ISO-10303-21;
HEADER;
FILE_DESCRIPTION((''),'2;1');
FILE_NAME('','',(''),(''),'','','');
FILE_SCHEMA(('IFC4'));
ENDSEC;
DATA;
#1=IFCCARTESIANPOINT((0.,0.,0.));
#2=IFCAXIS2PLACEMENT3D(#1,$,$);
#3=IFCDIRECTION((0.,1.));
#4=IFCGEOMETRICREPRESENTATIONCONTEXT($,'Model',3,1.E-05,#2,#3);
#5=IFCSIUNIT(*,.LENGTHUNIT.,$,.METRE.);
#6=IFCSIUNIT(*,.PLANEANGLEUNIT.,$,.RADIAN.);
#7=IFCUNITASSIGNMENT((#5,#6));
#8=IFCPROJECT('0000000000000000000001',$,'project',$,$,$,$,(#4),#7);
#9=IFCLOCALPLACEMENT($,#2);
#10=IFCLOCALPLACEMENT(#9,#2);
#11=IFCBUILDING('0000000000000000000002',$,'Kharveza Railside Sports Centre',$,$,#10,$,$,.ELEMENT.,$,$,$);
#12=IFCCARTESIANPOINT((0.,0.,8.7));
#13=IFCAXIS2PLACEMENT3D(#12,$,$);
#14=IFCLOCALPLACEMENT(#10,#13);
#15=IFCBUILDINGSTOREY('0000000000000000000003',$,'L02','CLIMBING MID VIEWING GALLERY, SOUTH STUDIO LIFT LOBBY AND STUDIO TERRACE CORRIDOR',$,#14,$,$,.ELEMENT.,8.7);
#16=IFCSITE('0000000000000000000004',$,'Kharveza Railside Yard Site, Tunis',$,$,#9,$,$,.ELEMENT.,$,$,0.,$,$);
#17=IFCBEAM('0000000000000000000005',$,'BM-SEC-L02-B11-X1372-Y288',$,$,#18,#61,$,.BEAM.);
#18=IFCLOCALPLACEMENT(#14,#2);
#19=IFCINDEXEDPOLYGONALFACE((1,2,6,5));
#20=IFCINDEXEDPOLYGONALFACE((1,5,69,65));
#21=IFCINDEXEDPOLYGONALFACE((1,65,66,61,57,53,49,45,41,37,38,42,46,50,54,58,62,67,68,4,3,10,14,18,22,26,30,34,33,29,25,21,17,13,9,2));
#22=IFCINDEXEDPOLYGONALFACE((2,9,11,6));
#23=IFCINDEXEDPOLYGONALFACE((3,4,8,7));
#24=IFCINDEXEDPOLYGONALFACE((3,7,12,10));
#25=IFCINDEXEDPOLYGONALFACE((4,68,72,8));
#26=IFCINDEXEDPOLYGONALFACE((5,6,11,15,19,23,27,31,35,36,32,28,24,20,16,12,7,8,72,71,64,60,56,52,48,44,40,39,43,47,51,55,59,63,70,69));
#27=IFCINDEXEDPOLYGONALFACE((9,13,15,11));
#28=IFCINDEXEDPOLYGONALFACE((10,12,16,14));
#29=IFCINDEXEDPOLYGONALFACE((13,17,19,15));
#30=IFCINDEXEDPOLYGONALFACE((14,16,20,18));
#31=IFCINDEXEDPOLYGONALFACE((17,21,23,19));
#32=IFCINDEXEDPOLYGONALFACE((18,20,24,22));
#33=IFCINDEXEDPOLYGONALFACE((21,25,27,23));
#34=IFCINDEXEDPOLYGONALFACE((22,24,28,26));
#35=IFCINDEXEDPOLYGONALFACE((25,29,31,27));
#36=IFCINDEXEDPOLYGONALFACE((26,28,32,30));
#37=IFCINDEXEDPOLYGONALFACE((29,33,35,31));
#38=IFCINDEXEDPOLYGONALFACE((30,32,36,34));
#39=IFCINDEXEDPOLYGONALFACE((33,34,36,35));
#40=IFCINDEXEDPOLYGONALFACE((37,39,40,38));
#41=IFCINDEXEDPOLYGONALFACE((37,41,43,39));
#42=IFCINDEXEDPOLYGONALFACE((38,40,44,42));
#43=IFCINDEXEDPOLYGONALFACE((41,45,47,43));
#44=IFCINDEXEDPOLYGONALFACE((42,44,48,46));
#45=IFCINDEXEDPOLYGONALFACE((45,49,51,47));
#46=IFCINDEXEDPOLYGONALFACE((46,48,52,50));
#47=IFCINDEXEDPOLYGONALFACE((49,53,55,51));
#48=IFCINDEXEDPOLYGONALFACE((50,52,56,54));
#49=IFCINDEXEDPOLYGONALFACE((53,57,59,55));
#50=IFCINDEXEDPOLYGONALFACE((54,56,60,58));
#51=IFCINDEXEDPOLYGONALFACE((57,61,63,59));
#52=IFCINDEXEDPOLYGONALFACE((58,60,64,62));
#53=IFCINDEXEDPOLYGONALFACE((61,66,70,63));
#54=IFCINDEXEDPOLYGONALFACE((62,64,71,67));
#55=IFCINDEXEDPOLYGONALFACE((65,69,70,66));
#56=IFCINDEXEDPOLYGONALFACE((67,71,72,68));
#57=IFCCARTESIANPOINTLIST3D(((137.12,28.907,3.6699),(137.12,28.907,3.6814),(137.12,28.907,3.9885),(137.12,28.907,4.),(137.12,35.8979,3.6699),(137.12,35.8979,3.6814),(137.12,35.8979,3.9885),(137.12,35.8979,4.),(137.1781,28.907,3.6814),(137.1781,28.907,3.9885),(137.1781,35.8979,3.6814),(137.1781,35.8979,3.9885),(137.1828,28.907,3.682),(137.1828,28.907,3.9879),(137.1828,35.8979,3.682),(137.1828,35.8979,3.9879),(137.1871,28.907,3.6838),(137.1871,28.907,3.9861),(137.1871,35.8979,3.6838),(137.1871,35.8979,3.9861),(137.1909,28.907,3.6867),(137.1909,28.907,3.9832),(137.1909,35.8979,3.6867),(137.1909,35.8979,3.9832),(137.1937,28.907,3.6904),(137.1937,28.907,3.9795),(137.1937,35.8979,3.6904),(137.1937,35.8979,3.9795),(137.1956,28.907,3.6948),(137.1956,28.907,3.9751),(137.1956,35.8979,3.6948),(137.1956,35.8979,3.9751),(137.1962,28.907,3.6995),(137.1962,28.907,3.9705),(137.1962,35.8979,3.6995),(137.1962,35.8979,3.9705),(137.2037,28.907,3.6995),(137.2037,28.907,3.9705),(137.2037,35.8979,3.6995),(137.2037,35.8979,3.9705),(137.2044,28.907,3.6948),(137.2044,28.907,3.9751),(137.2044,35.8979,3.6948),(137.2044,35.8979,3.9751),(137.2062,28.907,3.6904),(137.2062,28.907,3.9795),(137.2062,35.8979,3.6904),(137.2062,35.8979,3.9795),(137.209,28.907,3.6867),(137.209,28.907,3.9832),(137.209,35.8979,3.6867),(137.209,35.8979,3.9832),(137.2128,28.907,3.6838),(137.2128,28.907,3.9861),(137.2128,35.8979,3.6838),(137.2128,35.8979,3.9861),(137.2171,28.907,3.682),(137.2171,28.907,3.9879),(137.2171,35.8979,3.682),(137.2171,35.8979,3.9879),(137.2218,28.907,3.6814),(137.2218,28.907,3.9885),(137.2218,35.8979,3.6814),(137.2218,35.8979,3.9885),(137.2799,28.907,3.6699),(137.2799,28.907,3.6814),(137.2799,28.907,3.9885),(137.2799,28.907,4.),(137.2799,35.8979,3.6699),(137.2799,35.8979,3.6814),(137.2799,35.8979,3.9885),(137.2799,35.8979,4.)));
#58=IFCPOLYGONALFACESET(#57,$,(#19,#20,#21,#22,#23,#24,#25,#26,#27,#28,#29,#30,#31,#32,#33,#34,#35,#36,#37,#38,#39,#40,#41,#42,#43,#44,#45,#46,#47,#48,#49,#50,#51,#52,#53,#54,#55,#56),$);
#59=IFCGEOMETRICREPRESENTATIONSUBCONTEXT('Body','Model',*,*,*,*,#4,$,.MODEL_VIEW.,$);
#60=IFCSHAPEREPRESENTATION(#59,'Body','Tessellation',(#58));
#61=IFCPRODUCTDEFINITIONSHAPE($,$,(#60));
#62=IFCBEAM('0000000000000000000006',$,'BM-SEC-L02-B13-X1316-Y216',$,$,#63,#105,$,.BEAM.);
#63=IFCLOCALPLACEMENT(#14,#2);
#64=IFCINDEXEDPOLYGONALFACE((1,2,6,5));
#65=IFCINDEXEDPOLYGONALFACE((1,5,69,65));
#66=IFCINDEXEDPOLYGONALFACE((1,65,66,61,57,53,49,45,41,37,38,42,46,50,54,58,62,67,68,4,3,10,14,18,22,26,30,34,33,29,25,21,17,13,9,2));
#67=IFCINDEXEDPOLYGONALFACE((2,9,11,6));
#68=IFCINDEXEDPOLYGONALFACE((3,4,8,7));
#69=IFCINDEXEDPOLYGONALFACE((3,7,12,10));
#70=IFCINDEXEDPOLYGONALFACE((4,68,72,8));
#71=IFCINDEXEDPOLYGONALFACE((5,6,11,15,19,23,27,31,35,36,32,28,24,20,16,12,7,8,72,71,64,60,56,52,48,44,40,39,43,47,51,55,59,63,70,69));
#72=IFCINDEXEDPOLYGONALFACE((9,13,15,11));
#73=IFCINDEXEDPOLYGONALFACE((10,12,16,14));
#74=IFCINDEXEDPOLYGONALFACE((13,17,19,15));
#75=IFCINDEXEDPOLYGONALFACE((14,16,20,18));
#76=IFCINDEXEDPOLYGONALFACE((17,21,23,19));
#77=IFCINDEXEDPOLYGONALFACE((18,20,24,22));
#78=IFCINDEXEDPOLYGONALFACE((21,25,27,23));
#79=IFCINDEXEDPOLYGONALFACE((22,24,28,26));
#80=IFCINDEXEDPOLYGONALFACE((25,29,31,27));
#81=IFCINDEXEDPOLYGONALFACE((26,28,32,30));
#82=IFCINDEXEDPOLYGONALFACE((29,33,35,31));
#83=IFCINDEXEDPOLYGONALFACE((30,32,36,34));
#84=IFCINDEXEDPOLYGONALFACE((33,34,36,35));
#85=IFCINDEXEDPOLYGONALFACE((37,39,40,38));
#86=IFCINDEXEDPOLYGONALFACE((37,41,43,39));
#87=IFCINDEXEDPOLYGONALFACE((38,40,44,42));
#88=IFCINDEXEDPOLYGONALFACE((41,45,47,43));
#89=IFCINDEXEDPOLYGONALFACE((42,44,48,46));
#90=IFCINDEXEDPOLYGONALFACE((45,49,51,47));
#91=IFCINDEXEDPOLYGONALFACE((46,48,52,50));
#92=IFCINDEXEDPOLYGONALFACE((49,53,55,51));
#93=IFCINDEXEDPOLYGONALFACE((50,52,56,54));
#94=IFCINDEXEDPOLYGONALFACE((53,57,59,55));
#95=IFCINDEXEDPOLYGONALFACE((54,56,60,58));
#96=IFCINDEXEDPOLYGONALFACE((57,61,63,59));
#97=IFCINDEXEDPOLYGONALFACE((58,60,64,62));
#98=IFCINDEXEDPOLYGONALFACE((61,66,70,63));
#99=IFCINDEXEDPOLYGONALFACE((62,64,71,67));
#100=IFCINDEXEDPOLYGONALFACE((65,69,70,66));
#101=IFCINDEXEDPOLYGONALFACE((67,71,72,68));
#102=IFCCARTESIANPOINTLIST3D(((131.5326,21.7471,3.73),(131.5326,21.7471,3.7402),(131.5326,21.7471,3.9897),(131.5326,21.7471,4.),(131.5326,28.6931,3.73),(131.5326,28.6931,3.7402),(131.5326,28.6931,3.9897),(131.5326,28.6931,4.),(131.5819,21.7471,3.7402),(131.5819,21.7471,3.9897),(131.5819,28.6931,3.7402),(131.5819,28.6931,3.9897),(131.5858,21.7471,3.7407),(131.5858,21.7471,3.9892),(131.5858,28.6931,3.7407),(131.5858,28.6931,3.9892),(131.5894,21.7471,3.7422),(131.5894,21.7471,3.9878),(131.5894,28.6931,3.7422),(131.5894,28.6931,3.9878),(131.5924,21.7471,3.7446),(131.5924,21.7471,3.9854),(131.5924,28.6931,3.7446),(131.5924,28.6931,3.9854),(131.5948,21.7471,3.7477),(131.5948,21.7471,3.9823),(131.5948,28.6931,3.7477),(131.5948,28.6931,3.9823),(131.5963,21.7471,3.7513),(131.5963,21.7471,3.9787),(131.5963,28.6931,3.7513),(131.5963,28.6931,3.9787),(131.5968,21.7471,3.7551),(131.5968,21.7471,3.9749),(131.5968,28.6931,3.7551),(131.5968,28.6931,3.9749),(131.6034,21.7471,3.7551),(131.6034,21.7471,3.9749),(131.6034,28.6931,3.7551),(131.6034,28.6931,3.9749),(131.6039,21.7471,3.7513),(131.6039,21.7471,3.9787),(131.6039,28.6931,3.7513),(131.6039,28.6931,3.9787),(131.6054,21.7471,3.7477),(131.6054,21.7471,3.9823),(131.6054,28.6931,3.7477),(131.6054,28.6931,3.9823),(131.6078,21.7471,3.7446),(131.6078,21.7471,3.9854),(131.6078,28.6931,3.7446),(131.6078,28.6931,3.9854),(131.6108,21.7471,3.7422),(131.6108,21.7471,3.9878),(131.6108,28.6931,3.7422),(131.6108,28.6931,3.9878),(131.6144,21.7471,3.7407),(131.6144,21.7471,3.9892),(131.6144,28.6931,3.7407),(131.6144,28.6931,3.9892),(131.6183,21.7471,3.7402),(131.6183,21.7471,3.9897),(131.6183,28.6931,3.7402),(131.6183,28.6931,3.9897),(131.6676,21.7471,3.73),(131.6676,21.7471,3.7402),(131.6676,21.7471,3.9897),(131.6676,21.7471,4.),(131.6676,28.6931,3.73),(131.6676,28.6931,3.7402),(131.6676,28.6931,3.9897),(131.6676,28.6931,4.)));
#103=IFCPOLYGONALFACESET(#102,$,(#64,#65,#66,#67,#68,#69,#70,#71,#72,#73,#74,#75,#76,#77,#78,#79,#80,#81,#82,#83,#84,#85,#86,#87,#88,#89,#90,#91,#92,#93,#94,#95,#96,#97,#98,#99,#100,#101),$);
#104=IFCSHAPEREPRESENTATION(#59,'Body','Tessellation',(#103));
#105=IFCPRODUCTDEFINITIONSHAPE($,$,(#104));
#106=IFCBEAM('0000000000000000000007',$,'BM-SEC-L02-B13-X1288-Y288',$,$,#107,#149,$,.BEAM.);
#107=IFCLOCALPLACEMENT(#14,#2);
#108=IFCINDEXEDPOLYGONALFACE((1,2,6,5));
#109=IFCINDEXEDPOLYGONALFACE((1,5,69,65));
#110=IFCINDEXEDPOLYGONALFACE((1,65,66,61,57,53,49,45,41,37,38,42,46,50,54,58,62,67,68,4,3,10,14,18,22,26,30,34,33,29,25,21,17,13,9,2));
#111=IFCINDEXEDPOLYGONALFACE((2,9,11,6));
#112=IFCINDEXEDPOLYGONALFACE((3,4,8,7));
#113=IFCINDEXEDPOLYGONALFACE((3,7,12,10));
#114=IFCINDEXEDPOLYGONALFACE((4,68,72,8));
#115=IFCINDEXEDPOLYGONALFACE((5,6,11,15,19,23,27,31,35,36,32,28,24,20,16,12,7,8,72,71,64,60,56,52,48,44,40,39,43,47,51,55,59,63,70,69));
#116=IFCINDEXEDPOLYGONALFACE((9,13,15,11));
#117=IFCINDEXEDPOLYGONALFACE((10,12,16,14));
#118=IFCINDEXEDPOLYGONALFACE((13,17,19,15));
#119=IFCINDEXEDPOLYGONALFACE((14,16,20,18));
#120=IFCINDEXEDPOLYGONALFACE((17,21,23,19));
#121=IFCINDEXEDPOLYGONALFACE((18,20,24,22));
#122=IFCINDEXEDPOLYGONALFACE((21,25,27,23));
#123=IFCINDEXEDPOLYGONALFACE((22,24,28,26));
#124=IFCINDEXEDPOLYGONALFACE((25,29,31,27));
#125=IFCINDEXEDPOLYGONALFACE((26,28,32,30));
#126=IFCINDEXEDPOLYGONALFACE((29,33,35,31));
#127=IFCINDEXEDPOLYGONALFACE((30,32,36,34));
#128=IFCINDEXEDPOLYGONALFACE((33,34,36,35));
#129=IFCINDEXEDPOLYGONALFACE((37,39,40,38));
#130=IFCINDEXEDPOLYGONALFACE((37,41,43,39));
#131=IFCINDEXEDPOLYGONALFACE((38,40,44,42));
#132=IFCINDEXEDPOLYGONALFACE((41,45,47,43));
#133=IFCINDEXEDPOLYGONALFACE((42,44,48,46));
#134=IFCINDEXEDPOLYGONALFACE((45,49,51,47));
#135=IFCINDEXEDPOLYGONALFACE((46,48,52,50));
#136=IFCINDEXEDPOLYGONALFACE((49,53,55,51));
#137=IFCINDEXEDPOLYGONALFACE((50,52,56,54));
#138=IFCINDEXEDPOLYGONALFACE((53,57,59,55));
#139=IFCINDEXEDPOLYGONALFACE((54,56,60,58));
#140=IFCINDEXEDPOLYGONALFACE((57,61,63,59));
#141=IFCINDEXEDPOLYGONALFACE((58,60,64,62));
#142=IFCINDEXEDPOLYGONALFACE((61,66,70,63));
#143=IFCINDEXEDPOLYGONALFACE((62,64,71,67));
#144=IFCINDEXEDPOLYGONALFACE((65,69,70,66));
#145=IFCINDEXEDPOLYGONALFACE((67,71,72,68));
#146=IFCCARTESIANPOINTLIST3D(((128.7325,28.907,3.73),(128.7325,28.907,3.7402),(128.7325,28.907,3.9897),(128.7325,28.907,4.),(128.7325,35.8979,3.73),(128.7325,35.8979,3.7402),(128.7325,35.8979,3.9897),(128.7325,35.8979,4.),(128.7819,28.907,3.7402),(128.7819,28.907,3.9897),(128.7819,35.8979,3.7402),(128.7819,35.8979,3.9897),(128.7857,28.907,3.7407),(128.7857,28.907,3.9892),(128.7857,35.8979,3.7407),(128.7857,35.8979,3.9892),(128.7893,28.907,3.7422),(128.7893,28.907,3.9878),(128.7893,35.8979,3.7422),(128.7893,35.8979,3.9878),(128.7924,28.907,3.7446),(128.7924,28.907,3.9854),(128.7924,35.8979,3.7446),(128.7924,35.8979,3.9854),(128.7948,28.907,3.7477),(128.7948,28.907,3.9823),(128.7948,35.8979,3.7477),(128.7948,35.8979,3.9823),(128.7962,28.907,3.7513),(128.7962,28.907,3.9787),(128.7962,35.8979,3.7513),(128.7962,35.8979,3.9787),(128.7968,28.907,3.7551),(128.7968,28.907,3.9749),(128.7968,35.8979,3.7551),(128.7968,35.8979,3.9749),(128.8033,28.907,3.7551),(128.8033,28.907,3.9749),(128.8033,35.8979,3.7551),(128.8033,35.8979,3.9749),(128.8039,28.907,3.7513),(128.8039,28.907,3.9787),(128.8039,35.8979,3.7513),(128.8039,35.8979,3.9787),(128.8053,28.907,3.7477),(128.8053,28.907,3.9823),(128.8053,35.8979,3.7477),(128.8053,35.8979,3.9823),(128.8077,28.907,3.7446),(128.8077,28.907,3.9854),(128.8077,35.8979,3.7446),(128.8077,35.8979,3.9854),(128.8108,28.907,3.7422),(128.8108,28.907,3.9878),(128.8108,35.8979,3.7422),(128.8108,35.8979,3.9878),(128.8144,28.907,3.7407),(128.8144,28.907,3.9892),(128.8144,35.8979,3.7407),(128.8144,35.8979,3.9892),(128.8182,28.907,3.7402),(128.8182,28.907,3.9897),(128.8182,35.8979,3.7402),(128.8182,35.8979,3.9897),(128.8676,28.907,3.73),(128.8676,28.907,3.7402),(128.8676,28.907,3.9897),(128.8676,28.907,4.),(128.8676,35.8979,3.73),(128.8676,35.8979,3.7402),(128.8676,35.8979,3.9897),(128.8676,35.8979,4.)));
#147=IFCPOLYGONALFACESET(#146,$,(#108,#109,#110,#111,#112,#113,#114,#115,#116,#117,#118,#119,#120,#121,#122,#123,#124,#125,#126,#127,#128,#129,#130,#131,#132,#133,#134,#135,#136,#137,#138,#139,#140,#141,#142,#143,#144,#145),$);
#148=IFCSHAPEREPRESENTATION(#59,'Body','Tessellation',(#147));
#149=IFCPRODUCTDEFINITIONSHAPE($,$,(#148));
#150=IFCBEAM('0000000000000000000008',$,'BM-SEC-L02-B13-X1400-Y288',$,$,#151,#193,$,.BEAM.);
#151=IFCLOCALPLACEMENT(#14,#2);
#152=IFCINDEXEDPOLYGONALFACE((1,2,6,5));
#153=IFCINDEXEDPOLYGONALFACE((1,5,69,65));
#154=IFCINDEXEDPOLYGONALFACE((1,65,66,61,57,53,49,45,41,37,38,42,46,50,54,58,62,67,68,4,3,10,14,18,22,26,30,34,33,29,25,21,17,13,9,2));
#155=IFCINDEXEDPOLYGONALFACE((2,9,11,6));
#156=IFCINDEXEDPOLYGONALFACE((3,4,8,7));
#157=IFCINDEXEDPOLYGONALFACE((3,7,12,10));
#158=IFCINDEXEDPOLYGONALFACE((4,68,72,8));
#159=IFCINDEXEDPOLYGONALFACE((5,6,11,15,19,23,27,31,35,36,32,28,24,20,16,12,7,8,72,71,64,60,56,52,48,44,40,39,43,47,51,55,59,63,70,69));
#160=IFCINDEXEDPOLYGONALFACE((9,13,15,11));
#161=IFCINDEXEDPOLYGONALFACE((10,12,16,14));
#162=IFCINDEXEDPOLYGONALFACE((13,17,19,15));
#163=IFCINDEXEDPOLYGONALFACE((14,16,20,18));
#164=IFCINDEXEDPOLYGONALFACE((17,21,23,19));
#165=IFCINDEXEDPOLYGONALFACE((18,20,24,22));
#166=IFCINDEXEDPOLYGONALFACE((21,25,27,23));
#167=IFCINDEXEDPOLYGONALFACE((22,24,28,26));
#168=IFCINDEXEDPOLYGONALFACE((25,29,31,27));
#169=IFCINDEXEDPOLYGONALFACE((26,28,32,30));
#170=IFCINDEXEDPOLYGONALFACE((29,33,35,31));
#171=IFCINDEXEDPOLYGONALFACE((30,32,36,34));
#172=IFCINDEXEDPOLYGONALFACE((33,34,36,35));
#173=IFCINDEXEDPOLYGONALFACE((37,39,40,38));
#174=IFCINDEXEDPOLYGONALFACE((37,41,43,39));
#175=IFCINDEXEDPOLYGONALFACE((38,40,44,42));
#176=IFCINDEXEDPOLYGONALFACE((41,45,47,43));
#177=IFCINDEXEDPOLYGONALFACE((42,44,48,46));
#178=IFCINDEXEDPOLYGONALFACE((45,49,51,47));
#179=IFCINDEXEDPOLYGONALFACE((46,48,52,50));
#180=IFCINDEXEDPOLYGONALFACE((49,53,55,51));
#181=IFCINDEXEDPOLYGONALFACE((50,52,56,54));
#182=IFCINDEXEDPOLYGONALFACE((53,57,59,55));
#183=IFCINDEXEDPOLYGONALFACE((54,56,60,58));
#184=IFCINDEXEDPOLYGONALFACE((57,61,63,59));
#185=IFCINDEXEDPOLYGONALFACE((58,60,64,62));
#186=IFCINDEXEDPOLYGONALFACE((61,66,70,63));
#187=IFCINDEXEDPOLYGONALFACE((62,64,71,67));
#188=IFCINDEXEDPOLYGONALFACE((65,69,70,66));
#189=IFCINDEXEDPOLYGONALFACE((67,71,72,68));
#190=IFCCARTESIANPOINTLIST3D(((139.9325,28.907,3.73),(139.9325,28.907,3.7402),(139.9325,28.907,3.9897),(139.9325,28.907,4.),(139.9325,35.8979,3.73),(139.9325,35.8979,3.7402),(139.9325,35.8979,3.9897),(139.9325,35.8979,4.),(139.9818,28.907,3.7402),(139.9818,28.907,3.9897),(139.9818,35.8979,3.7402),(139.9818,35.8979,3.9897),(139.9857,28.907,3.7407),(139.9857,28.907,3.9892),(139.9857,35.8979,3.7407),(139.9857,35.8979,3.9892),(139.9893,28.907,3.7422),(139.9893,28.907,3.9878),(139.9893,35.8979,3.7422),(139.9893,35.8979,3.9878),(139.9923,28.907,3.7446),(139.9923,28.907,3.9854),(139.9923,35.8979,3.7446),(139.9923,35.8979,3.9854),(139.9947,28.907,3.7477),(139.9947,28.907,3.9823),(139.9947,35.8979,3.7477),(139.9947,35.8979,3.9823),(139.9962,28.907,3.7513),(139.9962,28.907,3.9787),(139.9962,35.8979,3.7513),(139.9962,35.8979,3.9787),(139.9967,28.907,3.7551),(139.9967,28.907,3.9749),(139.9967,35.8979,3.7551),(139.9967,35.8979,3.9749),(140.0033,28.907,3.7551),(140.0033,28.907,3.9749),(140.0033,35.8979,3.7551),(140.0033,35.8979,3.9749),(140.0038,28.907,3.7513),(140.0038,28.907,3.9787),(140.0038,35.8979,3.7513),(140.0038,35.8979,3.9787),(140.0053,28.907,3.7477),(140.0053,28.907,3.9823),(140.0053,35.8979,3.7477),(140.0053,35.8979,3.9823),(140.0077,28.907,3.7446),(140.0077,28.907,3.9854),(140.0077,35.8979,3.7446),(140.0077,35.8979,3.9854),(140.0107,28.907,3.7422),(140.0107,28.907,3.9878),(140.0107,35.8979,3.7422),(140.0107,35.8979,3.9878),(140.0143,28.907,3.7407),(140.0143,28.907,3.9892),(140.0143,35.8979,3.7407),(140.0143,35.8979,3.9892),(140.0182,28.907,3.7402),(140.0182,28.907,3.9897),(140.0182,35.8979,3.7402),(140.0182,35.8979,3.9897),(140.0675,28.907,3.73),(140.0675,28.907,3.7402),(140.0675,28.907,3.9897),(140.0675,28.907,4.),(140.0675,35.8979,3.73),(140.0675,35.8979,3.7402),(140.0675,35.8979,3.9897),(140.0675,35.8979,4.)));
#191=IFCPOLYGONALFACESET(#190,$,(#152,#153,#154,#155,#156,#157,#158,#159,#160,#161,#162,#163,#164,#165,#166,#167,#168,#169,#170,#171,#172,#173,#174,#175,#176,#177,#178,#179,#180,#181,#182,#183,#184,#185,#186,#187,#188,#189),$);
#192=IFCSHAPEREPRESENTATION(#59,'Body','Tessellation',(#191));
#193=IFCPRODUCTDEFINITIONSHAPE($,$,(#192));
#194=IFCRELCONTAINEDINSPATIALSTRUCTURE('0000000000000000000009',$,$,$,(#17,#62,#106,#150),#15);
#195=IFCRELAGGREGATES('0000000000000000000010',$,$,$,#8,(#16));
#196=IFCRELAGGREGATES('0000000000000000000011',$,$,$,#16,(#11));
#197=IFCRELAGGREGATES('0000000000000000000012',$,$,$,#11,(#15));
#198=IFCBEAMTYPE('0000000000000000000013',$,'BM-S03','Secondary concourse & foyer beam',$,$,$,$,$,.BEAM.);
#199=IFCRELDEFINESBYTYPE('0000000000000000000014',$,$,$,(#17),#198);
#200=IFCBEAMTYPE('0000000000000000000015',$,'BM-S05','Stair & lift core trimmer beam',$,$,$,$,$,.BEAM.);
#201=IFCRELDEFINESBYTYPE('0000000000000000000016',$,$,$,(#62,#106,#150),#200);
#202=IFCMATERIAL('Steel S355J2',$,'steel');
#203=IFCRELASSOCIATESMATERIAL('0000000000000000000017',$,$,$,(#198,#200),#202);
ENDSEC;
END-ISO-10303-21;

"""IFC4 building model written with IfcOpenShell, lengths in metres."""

from ifc_helpers import new_model, si_unit, direction, frame, origin, origin_2d, place, context, subcontext, project, spatial, i_section, extrude, material, material_profile, profile_set, type_object, element, save


model = new_model("IFC4")

# Units and contexts
model_context = context("Model", 3, precision=1e-05, world=origin(), true_north=direction((0.0, 1.0)))
body_context = subcontext(model_context, "Body", "Model", "MODEL_VIEW")
ifc_project = project(units=[si_unit("LENGTHUNIT", "METRE"), si_unit("PLANEANGLEUNIT", "RADIAN")], contexts=[model_context])

# Site, building, storey
site_placement = place(None, origin())
site = spatial("IfcSite", under=ifc_project, at=site_placement, Name="Kharveza Railside Yard Site, Tunis", CompositionType="ELEMENT", RefElevation=0.0)
building_placement = place(site_placement, origin())
building = spatial("IfcBuilding", under=site, at=building_placement, Name="Kharveza Railside Sports Centre", CompositionType="ELEMENT")
storey_placement = place(building_placement, frame((0.0, 0.0, 8.7)))
storey = spatial("IfcBuildingStorey", under=building, at=storey_placement, Name="L02", Description="CLIMBING MID VIEWING GALLERY, SOUTH STUDIO LIFT LOBBY AND STUDIO TERRACE CORRIDOR", CompositionType="ELEMENT", Elevation=8.7)

# Shared definitions
ifc_material_1 = material(Name="Steel S355J2", Category="steel")

# Beams
ifc_material_profile_1 = material_profile(ifc_material_1, i_section(OverallWidth=0.1599, OverallDepth=0.3301, WebThickness=0.0076, FlangeThickness=0.0115, FilletRadius=0.0181, at=origin_2d()), Name="IPE 330")
ifc_profile_set_1 = profile_set([ifc_material_profile_1], Name="Steel S355J2")
beam_type_1 = type_object("IfcBeamType", Name="BM-S03", Description="Secondary concourse & foyer beam", PredefinedType="BEAM", material=ifc_profile_set_1)
beam_1_placement = place(storey_placement, frame((137.2, 28.907, 3.835), z_axis=(0.0, 1.0, 0.0), x_axis=(-1.0, 0.0, 0.0)))
element("IfcBeam", 1, at=beam_1_placement, inside=storey, type_object=beam_type_1, Name="BM-SEC-L02-B11-X1372-Y288", PredefinedType="BEAM", context=body_context, shape_type="SweptSolid", body=[
    extrude(i_section(OverallWidth=0.1599, OverallDepth=0.3301, WebThickness=0.0076, FlangeThickness=0.0115, FilletRadius=0.0181, at=origin_2d()), origin(), (0.0, 0.0, 1.0), 6.991),
])
ifc_material_profile_2 = material_profile(ifc_material_1, i_section(OverallWidth=0.135, OverallDepth=0.27, WebThickness=0.0066, FlangeThickness=0.0103, FilletRadius=0.0149, at=origin_2d()), Name="IPE 270")
ifc_profile_set_2 = profile_set([ifc_material_profile_2], Name="Steel S355J2")
beam_type_2 = type_object("IfcBeamType", Name="BM-S05", Description="Stair & lift core trimmer beam", PredefinedType="BEAM", material=ifc_profile_set_2)
beam_2_placement = place(storey_placement, frame((131.6001, 21.7471, 3.865), z_axis=(0.0, 1.0, 0.0), x_axis=(-1.0, 0.0, 0.0)))
element("IfcBeam", 2, at=beam_2_placement, inside=storey, type_object=beam_type_2, Name="BM-SEC-L02-B13-X1316-Y216", PredefinedType="BEAM", context=body_context, shape_type="SweptSolid", body=[
    extrude(i_section(OverallWidth=0.135, OverallDepth=0.27, WebThickness=0.0066, FlangeThickness=0.0103, FilletRadius=0.0149, at=origin_2d()), origin(), (0.0, 0.0, 1.0), 6.946),
])
for number, where, z_axis, x_axis, name in (
    (3, (128.8, 28.907, 3.865), (0.0, 1.0, 0.0), (-1.0, 0.0, 0.0), "BM-SEC-L02-B13-X1288-Y288"),
    (4, (140.0, 28.907, 3.865), (0.0, 1.0, 0.0), (-1.0, 0.0, 0.0), "BM-SEC-L02-B13-X1400-Y288"),
):
    element("IfcBeam", number, at=place(storey_placement, frame(where, z_axis=z_axis, x_axis=x_axis)), inside=storey, type_object=beam_type_2, Name=name, PredefinedType="BEAM", context=body_context, shape_type="SweptSolid", body=[
        extrude(i_section(OverallWidth=0.135, OverallDepth=0.27, WebThickness=0.0066, FlangeThickness=0.0103, FilletRadius=0.0149, at=origin_2d()), origin(), (0.0, 0.0, 1.0), 6.991),
    ])

save(model, "model.ifc")
